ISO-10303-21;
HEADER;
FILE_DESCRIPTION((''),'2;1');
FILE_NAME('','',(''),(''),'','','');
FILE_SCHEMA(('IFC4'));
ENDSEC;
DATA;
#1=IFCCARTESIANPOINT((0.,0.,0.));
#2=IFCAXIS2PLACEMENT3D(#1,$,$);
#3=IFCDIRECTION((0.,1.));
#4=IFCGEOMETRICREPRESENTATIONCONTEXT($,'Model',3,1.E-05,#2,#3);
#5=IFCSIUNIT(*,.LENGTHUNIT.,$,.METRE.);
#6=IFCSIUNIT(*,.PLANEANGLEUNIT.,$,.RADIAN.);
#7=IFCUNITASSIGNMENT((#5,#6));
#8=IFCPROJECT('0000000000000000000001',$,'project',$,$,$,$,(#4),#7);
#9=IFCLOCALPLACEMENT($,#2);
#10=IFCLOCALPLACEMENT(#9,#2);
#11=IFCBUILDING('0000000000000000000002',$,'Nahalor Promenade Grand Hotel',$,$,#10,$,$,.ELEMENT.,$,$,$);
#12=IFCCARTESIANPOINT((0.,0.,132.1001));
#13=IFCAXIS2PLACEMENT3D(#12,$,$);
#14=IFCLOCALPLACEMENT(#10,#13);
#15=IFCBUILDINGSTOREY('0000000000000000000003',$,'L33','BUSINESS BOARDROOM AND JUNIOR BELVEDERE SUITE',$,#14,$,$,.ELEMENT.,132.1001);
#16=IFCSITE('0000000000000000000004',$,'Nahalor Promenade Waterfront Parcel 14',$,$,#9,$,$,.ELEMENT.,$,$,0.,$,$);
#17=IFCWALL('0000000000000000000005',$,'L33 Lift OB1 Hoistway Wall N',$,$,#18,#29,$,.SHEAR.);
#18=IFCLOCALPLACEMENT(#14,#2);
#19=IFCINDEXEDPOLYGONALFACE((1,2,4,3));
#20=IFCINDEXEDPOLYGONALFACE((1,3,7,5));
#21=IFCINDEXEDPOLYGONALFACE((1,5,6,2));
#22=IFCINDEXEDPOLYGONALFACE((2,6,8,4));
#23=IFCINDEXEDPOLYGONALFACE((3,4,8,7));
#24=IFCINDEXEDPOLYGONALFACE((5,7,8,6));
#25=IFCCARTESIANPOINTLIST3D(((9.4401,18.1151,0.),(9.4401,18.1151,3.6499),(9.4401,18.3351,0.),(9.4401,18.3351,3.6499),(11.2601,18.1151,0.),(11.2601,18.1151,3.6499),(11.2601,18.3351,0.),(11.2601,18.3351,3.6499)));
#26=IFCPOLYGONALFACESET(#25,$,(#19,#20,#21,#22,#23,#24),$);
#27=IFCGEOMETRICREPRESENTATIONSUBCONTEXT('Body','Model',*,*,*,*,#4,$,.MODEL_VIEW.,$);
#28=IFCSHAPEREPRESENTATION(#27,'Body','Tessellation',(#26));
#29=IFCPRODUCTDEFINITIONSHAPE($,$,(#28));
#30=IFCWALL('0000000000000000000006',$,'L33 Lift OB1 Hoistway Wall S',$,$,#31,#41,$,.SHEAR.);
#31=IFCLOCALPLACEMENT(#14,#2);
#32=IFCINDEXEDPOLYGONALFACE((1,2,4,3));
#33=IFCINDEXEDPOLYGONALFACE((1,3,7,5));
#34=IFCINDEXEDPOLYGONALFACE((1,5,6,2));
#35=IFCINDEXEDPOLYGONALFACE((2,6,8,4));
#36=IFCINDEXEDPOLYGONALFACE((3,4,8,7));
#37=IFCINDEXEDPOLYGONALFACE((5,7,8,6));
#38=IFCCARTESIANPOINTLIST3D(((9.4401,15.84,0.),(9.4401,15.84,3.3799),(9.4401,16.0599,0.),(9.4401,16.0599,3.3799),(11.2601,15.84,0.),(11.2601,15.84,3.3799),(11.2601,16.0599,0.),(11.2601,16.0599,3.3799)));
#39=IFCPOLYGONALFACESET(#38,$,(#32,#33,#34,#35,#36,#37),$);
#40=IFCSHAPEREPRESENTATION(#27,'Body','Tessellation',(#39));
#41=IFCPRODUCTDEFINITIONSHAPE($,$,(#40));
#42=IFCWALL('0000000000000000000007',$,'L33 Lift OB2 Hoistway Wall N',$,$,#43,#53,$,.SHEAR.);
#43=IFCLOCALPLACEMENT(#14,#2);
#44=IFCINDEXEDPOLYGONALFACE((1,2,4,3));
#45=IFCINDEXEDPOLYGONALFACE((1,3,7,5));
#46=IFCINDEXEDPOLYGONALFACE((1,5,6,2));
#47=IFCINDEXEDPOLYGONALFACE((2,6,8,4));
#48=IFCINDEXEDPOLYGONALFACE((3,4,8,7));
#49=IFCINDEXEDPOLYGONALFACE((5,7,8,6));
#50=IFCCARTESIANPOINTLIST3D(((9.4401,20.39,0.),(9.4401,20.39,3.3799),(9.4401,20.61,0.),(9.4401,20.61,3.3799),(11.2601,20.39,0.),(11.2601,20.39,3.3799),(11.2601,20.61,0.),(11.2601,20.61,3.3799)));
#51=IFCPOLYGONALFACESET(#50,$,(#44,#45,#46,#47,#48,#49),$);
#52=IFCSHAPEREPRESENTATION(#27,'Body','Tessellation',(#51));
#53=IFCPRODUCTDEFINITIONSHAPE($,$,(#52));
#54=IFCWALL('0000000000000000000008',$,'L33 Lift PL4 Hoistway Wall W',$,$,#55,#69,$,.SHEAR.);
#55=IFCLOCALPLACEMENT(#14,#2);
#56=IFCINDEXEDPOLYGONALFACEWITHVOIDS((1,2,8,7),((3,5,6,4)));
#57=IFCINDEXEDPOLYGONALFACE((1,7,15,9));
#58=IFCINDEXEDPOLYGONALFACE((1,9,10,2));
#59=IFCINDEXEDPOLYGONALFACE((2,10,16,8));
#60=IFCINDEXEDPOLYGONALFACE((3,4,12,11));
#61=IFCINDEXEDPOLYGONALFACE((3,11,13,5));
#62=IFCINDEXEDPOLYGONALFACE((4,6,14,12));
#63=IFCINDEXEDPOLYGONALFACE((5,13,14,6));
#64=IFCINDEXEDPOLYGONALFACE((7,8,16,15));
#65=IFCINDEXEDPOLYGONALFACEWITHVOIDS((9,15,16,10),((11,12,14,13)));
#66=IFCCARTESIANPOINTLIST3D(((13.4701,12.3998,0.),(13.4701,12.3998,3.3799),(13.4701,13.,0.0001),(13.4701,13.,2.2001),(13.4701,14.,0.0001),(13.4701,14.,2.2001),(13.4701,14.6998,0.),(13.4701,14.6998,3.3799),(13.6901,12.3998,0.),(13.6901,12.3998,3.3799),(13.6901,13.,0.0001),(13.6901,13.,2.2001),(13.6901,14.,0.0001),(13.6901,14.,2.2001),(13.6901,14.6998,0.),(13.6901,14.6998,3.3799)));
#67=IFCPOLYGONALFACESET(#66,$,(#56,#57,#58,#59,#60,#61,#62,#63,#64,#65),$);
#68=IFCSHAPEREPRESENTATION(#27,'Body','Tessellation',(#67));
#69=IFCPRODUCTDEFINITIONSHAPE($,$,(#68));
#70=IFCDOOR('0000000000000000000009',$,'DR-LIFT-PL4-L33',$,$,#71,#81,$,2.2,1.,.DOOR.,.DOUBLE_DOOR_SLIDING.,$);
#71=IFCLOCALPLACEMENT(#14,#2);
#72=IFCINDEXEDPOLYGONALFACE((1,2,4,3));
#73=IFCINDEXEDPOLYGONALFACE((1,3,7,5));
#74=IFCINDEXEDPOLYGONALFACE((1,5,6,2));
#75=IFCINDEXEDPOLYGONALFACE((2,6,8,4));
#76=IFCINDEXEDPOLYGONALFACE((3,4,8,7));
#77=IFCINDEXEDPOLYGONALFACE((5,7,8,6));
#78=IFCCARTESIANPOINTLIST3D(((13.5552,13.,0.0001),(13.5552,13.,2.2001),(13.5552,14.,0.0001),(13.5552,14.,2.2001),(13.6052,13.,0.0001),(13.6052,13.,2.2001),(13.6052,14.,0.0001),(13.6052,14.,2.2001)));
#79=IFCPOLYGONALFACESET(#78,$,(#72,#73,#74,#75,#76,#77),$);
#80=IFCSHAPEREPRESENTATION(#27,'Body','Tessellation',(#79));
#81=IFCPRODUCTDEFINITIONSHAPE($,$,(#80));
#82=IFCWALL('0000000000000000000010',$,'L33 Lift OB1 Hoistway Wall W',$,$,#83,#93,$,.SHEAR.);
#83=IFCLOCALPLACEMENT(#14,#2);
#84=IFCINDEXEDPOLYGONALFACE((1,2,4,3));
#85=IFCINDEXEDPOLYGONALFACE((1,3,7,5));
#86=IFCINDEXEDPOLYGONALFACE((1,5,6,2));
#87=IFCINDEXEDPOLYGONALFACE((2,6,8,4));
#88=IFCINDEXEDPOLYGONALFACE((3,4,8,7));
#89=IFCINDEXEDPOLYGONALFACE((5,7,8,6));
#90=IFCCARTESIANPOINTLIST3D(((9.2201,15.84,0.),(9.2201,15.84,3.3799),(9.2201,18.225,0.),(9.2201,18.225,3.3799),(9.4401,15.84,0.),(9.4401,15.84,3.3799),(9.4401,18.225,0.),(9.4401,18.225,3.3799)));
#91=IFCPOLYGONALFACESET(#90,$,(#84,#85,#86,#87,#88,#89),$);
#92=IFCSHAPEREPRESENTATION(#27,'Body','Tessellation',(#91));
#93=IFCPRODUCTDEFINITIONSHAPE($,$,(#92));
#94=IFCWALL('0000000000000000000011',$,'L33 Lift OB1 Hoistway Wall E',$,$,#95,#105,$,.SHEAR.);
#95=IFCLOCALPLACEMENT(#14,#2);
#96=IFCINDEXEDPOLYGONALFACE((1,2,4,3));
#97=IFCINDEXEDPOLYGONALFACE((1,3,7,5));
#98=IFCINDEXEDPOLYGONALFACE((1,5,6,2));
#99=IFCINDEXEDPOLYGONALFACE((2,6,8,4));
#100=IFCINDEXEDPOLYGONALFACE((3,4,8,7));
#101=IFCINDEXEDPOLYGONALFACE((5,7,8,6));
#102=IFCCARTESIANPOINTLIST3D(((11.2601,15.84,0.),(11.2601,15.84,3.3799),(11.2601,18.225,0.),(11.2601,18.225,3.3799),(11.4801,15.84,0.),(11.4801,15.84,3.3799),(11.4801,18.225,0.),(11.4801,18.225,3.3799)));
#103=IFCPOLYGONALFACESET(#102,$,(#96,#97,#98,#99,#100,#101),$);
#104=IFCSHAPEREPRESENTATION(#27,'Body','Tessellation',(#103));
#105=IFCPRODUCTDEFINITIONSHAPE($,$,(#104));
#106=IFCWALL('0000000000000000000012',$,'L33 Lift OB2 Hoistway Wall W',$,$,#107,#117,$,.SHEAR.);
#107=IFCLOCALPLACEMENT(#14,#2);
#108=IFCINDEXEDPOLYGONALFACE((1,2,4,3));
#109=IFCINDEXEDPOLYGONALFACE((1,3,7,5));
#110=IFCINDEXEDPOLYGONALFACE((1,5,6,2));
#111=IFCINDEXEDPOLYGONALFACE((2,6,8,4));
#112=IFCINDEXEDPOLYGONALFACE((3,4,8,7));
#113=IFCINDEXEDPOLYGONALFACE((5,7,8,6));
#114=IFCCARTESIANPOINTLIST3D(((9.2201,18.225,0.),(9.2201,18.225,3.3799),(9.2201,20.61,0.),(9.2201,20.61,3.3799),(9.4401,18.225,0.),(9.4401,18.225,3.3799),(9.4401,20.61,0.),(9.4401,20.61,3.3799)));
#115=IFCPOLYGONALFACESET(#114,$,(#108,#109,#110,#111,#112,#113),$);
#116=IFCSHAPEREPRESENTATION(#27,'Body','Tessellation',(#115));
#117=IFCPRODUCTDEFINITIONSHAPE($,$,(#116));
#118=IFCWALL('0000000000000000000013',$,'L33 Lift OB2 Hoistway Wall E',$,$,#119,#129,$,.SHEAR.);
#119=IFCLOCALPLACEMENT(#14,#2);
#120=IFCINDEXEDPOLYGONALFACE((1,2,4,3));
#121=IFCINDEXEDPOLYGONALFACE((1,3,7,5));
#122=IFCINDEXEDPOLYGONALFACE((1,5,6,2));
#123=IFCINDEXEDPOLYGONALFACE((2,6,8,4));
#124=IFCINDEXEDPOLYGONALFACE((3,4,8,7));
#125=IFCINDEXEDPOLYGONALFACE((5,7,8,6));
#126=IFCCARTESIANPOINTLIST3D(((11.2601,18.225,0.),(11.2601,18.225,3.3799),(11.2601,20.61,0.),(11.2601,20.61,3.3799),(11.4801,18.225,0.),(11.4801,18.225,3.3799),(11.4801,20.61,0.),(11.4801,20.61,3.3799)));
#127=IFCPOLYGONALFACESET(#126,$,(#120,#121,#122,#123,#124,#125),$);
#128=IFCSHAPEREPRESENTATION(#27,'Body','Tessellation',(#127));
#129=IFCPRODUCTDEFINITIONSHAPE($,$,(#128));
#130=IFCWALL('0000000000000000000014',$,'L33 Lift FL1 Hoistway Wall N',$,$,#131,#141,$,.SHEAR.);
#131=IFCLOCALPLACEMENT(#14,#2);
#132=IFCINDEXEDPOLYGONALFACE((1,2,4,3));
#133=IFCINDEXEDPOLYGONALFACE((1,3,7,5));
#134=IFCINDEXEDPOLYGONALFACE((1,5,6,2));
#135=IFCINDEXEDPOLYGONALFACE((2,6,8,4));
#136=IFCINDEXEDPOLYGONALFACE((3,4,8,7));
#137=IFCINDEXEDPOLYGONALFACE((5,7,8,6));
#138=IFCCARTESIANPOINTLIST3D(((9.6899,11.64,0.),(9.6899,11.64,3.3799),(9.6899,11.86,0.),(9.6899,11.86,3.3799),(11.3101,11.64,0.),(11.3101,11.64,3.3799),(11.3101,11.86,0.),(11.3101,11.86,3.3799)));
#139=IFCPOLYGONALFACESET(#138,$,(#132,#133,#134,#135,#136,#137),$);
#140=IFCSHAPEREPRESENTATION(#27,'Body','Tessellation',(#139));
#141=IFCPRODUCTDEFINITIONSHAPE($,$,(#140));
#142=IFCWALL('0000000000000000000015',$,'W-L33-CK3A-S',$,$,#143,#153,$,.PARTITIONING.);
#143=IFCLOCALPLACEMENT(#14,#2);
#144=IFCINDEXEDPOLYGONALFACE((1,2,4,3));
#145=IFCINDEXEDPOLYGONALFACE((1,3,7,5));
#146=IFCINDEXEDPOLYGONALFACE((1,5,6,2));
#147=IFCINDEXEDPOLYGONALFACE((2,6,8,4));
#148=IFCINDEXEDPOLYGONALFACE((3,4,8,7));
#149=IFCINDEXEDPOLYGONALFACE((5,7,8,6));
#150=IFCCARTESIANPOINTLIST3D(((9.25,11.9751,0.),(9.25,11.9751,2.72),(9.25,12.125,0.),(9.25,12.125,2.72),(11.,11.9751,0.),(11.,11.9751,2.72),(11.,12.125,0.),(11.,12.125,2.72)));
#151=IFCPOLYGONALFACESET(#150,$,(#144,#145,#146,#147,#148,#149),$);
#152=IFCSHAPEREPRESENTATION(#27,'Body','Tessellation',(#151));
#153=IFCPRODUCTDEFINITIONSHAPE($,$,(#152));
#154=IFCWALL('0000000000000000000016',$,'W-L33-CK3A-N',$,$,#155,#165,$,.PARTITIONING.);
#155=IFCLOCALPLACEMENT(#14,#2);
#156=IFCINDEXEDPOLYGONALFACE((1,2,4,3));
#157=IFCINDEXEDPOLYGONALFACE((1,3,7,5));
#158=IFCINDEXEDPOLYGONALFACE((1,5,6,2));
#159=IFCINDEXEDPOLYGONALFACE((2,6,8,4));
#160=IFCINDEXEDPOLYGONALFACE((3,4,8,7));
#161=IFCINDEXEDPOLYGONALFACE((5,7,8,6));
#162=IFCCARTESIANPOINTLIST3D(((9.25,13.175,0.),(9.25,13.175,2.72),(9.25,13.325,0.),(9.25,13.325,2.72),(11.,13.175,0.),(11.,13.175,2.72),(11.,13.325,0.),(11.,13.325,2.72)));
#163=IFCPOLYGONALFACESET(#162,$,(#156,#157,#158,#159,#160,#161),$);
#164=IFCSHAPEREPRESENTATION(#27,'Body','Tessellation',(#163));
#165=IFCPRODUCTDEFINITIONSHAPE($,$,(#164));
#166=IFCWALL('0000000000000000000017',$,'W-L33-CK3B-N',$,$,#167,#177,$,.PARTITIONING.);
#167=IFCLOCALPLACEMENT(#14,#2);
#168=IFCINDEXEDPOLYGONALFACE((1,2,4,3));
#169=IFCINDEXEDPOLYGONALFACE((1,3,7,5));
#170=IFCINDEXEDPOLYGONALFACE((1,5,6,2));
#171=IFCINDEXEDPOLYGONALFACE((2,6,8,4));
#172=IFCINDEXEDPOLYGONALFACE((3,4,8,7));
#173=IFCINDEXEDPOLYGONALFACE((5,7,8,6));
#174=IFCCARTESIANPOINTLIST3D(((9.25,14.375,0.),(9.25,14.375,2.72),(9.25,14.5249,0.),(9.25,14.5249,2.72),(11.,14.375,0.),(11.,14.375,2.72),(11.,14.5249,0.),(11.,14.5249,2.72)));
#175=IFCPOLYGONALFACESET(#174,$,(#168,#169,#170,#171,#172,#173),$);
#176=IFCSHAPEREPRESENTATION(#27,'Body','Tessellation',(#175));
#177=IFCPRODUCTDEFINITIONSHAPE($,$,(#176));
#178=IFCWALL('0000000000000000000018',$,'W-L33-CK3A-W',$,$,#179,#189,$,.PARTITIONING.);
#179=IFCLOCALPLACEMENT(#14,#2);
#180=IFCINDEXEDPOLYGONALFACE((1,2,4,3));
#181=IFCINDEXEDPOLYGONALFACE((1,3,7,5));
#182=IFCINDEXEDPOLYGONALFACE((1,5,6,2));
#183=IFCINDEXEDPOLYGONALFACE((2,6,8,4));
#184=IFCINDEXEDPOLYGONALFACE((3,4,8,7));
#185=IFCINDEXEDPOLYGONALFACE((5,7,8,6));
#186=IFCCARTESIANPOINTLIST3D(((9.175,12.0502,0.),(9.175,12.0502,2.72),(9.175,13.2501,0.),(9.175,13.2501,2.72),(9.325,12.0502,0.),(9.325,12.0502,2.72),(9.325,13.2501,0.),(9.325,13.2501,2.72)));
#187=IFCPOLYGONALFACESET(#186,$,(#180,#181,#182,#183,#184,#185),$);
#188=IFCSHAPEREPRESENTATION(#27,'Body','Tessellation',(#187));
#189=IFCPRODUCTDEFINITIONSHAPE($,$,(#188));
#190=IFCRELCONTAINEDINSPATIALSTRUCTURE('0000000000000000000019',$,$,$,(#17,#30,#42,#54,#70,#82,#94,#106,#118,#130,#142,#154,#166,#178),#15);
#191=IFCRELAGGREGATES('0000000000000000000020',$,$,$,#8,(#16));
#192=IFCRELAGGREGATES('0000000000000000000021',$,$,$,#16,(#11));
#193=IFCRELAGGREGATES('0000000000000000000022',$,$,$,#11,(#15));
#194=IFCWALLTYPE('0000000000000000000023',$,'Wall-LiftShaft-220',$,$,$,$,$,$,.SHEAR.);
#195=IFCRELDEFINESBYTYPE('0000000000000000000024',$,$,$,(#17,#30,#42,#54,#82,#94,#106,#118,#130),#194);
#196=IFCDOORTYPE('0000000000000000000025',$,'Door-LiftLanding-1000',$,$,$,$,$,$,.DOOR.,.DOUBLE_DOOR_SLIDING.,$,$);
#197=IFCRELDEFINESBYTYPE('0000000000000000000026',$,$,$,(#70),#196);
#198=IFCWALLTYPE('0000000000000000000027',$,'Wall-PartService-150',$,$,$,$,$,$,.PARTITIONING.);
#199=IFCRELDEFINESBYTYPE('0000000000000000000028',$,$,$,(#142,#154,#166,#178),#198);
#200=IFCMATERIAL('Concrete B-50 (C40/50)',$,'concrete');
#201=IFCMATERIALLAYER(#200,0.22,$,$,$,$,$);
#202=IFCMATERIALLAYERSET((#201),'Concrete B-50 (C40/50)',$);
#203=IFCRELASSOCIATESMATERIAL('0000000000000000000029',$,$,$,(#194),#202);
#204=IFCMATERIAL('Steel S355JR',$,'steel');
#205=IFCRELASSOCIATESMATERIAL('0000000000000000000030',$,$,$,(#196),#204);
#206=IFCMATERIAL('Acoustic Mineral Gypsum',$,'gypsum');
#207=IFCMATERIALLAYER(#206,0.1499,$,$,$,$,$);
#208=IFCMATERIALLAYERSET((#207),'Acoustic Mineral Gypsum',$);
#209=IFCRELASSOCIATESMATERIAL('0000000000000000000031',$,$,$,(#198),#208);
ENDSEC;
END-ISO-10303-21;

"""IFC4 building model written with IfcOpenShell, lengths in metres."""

from ifc_helpers import new_model, si_unit, direction, frame, frame_2d, origin, place, context, subcontext, project, spatial, rectangle, extrude, source, transform, mapped, material, layer, layer_set, type_object, element, fill, save


model = new_model("IFC4")

# Units and contexts
model_context = context("Model", 3, precision=1e-05, world=origin(), true_north=direction((0.0, 1.0)))
body_context = subcontext(model_context, "Body", "Model", "MODEL_VIEW")
ifc_project = project(units=[si_unit("LENGTHUNIT", "METRE"), si_unit("PLANEANGLEUNIT", "RADIAN")], contexts=[model_context])

# Site, building, storey
site_placement = place(None, origin())
site = spatial("IfcSite", under=ifc_project, at=site_placement, Name="Nahalor Promenade Waterfront Parcel 14", CompositionType="ELEMENT", RefElevation=0.0)
building_placement = place(site_placement, origin())
building = spatial("IfcBuilding", under=site, at=building_placement, Name="Nahalor Promenade Grand Hotel", CompositionType="ELEMENT")
storey_placement = place(building_placement, frame((0.0, 0.0, 132.1001)))
storey = spatial("IfcBuildingStorey", under=building, at=storey_placement, Name="L33", Description="BUSINESS BOARDROOM AND JUNIOR BELVEDERE SUITE", CompositionType="ELEMENT", Elevation=132.1001)

# Shared definitions
ifc_material_1 = material(Name="Steel S355JR", Category="steel")

# Walls
ifc_material_2 = material(Name="Concrete B-50 (C40/50)", Category="concrete")
ifc_layer_1 = layer(ifc_material_2, 0.22)
ifc_layer_set_1 = layer_set([ifc_layer_1], Name="Concrete B-50 (C40/50)")
wall_type_1 = type_object("IfcWallType", Name="Wall-LiftShaft-220", PredefinedType="SHEAR", material=ifc_layer_set_1)
shared_shape_1 = source(origin(), body_context, "Body", "SweptSolid", [
    extrude(rectangle(XDim=1.8201, YDim=0.22, at=frame_2d((0.9102, 0.0))), origin(), (0.0, 0.0, 1.0), 3.6499),
])
wall_1_placement = place(storey_placement, frame((9.4399, 18.2251, 0.0), z_axis=(0.0, 0.0, 1.0), x_axis=(1.0, 0.0, 0.0)))
element("IfcWall", 1, at=wall_1_placement, inside=storey, type_object=wall_type_1, Name="L33 Lift OB1 Hoistway Wall N", PredefinedType="SHEAR", context=body_context, shape_type="MappedRepresentation", body=[
    mapped(shared_shape_1, transform((0.0, 0.0, 0.0), scale=1.0)),
])
shared_shape_2 = source(origin(), body_context, "Body", "SweptSolid", [
    extrude(rectangle(XDim=1.8201, YDim=0.22, at=frame_2d((0.9102, 0.0))), origin(), (0.0, 0.0, 1.0), 3.3799),
])
for number, where, z_axis, x_axis, name in (
    (2, (9.4399, 15.95, 0.0), (0.0, 0.0, 1.0), (1.0, 0.0, 0.0), "L33 Lift OB1 Hoistway Wall S"),
    (3, (9.4399, 20.5, 0.0), (0.0, 0.0, 1.0), (1.0, 0.0, 0.0), "L33 Lift OB2 Hoistway Wall N"),
):
    element("IfcWall", number, at=place(storey_placement, frame(where, z_axis=z_axis, x_axis=x_axis)), inside=storey, type_object=wall_type_1, Name=name, PredefinedType="SHEAR", context=body_context, shape_type="MappedRepresentation", body=[
        mapped(shared_shape_2, transform((0.0, 0.0, 0.0), scale=1.0)),
    ])

# Wall, opening, door
shared_shape_3 = source(origin(), body_context, "Body", "SweptSolid", [
    extrude(rectangle(XDim=2.3, YDim=0.22, at=frame_2d((1.1499, 0.0))), origin(), (0.0, 0.0, 1.0), 3.3799),
])
wall_2_placement = place(storey_placement, frame((13.5801, 12.3999, 0.0), z_axis=(0.0, 0.0, 1.0), x_axis=(0.0, 1.0, 0.0)))
wall_2 = element("IfcWall", 4, at=wall_2_placement, inside=storey, type_object=wall_type_1, Name="L33 Lift PL4 Hoistway Wall W", PredefinedType="SHEAR", context=body_context, shape_type="MappedRepresentation", body=[
    mapped(shared_shape_3, transform((0.0, 0.0, 0.0), scale=1.0)),
])
opening_1_placement = place(wall_2_placement, frame((0.6001, 0.0, 0.0)))
opening_1 = element("IfcOpeningElement", 5, at=opening_1_placement, cuts=wall_2, PredefinedType="OPENING", context=body_context, shape_type="SweptSolid", body=[
    extrude(rectangle(XDim=1.0, YDim=2.2, at=frame_2d((0.5, 1.1001))), frame((0.0, 0.1199, 0.0), z_axis=(0.0, -1.0, 0.0), x_axis=(1.0, 0.0, 0.0)), (0.0, 0.0, 1.0), 0.24),
])
door_type_1 = type_object("IfcDoorType", Name="Door-LiftLanding-1000", OperationType="DOUBLE_DOOR_SLIDING", PredefinedType="DOOR", material=ifc_material_1)
shared_shape_4 = source(origin(), body_context, "Body", "SweptSolid", [
    extrude(rectangle(XDim=1.0, YDim=2.2, at=frame_2d((0.5, 1.1001))), frame((0.0, 0.0249, 0.0), z_axis=(0.0, -1.0, 0.0), x_axis=(1.0, 0.0, 0.0)), (0.0, 0.0, 1.0), 0.05),
])
door_1_placement = place(opening_1_placement, origin())
door_1 = element("IfcDoor", 6, at=door_1_placement, inside=storey, type_object=door_type_1, Name="DR-LIFT-PL4-L33", OperationType="DOUBLE_DOOR_SLIDING", OverallHeight=2.2, OverallWidth=1.0, PredefinedType="DOOR", context=body_context, shape_type="MappedRepresentation", body=[
    mapped(shared_shape_4, transform((0.0, 0.0, 0.0), scale=1.0)),
])
fill(opening_1, door_1)

# Walls
shared_shape_5 = source(origin(), body_context, "Body", "SweptSolid", [
    extrude(rectangle(XDim=2.385, YDim=0.22, at=frame_2d((1.1924, 0.0))), origin(), (0.0, 0.0, 1.0), 3.3799),
])
for number, where, z_axis, x_axis, name in (
    (7, (9.3301, 15.8401, 0.0), (0.0, 0.0, 1.0), (0.0, 1.0, 0.0), "L33 Lift OB1 Hoistway Wall W"),
    (8, (11.3701, 15.8401, 0.0), (0.0, 0.0, 1.0), (0.0, 1.0, 0.0), "L33 Lift OB1 Hoistway Wall E"),
    (9, (9.3301, 18.2251, 0.0), (0.0, 0.0, 1.0), (0.0, 1.0, 0.0), "L33 Lift OB2 Hoistway Wall W"),
    (10, (11.3701, 18.2251, 0.0), (0.0, 0.0, 1.0), (0.0, 1.0, 0.0), "L33 Lift OB2 Hoistway Wall E"),
):
    element("IfcWall", number, at=place(storey_placement, frame(where, z_axis=z_axis, x_axis=x_axis)), inside=storey, type_object=wall_type_1, Name=name, PredefinedType="SHEAR", context=body_context, shape_type="MappedRepresentation", body=[
        mapped(shared_shape_5, transform((0.0, 0.0, 0.0), scale=1.0)),
    ])
shared_shape_6 = source(origin(), body_context, "Body", "SweptSolid", [
    extrude(rectangle(XDim=1.6201, YDim=0.22, at=frame_2d((0.8101, 0.0))), origin(), (0.0, 0.0, 1.0), 3.3799),
])
wall_3_placement = place(storey_placement, frame((9.6899, 11.75, 0.0), z_axis=(0.0, 0.0, 1.0), x_axis=(1.0, 0.0, 0.0)))
element("IfcWall", 11, at=wall_3_placement, inside=storey, type_object=wall_type_1, Name="L33 Lift FL1 Hoistway Wall N", PredefinedType="SHEAR", context=body_context, shape_type="MappedRepresentation", body=[
    mapped(shared_shape_6, transform((0.0, 0.0, 0.0), scale=1.0)),
])
ifc_material_3 = material(Name="Acoustic Mineral Gypsum", Category="gypsum")
ifc_layer_2 = layer(ifc_material_3, 0.1499)
ifc_layer_set_2 = layer_set([ifc_layer_2], Name="Acoustic Mineral Gypsum")
wall_type_2 = type_object("IfcWallType", Name="Wall-PartService-150", PredefinedType="PARTITIONING", material=ifc_layer_set_2)
shared_shape_7 = source(origin(), body_context, "Body", "SweptSolid", [
    extrude(rectangle(XDim=1.75, YDim=0.1499, at=frame_2d((0.875, 0.0))), origin(), (0.0, 0.0, 1.0), 2.72),
])
for number, where, z_axis, x_axis, name in (
    (12, (9.25, 12.05, 0.0), (0.0, 0.0, 1.0), (1.0, 0.0, 0.0), "W-L33-CK3A-S"),
    (13, (9.25, 13.25, 0.0), (0.0, 0.0, 1.0), (1.0, 0.0, 0.0), "W-L33-CK3A-N"),
    (14, (9.25, 14.45, 0.0), (0.0, 0.0, 1.0), (1.0, 0.0, 0.0), "W-L33-CK3B-N"),
):
    element("IfcWall", number, at=place(storey_placement, frame(where, z_axis=z_axis, x_axis=x_axis)), inside=storey, type_object=wall_type_2, Name=name, PredefinedType="PARTITIONING", context=body_context, shape_type="MappedRepresentation", body=[
        mapped(shared_shape_7, transform((0.0, 0.0, 0.0), scale=1.0)),
    ])
shared_shape_8 = source(origin(), body_context, "Body", "SweptSolid", [
    extrude(rectangle(XDim=1.2, YDim=0.1499, at=frame_2d((0.6001, 0.0))), origin(), (0.0, 0.0, 1.0), 2.72),
])
wall_4_placement = place(storey_placement, frame((9.25, 12.05, 0.0), z_axis=(0.0, 0.0, 1.0), x_axis=(0.0, 1.0, 0.0)))
element("IfcWall", 15, at=wall_4_placement, inside=storey, type_object=wall_type_2, Name="W-L33-CK3A-W", PredefinedType="PARTITIONING", context=body_context, shape_type="MappedRepresentation", body=[
    mapped(shared_shape_8, transform((0.0, 0.0, 0.0), scale=1.0)),
])

save(model, "model.ifc")
